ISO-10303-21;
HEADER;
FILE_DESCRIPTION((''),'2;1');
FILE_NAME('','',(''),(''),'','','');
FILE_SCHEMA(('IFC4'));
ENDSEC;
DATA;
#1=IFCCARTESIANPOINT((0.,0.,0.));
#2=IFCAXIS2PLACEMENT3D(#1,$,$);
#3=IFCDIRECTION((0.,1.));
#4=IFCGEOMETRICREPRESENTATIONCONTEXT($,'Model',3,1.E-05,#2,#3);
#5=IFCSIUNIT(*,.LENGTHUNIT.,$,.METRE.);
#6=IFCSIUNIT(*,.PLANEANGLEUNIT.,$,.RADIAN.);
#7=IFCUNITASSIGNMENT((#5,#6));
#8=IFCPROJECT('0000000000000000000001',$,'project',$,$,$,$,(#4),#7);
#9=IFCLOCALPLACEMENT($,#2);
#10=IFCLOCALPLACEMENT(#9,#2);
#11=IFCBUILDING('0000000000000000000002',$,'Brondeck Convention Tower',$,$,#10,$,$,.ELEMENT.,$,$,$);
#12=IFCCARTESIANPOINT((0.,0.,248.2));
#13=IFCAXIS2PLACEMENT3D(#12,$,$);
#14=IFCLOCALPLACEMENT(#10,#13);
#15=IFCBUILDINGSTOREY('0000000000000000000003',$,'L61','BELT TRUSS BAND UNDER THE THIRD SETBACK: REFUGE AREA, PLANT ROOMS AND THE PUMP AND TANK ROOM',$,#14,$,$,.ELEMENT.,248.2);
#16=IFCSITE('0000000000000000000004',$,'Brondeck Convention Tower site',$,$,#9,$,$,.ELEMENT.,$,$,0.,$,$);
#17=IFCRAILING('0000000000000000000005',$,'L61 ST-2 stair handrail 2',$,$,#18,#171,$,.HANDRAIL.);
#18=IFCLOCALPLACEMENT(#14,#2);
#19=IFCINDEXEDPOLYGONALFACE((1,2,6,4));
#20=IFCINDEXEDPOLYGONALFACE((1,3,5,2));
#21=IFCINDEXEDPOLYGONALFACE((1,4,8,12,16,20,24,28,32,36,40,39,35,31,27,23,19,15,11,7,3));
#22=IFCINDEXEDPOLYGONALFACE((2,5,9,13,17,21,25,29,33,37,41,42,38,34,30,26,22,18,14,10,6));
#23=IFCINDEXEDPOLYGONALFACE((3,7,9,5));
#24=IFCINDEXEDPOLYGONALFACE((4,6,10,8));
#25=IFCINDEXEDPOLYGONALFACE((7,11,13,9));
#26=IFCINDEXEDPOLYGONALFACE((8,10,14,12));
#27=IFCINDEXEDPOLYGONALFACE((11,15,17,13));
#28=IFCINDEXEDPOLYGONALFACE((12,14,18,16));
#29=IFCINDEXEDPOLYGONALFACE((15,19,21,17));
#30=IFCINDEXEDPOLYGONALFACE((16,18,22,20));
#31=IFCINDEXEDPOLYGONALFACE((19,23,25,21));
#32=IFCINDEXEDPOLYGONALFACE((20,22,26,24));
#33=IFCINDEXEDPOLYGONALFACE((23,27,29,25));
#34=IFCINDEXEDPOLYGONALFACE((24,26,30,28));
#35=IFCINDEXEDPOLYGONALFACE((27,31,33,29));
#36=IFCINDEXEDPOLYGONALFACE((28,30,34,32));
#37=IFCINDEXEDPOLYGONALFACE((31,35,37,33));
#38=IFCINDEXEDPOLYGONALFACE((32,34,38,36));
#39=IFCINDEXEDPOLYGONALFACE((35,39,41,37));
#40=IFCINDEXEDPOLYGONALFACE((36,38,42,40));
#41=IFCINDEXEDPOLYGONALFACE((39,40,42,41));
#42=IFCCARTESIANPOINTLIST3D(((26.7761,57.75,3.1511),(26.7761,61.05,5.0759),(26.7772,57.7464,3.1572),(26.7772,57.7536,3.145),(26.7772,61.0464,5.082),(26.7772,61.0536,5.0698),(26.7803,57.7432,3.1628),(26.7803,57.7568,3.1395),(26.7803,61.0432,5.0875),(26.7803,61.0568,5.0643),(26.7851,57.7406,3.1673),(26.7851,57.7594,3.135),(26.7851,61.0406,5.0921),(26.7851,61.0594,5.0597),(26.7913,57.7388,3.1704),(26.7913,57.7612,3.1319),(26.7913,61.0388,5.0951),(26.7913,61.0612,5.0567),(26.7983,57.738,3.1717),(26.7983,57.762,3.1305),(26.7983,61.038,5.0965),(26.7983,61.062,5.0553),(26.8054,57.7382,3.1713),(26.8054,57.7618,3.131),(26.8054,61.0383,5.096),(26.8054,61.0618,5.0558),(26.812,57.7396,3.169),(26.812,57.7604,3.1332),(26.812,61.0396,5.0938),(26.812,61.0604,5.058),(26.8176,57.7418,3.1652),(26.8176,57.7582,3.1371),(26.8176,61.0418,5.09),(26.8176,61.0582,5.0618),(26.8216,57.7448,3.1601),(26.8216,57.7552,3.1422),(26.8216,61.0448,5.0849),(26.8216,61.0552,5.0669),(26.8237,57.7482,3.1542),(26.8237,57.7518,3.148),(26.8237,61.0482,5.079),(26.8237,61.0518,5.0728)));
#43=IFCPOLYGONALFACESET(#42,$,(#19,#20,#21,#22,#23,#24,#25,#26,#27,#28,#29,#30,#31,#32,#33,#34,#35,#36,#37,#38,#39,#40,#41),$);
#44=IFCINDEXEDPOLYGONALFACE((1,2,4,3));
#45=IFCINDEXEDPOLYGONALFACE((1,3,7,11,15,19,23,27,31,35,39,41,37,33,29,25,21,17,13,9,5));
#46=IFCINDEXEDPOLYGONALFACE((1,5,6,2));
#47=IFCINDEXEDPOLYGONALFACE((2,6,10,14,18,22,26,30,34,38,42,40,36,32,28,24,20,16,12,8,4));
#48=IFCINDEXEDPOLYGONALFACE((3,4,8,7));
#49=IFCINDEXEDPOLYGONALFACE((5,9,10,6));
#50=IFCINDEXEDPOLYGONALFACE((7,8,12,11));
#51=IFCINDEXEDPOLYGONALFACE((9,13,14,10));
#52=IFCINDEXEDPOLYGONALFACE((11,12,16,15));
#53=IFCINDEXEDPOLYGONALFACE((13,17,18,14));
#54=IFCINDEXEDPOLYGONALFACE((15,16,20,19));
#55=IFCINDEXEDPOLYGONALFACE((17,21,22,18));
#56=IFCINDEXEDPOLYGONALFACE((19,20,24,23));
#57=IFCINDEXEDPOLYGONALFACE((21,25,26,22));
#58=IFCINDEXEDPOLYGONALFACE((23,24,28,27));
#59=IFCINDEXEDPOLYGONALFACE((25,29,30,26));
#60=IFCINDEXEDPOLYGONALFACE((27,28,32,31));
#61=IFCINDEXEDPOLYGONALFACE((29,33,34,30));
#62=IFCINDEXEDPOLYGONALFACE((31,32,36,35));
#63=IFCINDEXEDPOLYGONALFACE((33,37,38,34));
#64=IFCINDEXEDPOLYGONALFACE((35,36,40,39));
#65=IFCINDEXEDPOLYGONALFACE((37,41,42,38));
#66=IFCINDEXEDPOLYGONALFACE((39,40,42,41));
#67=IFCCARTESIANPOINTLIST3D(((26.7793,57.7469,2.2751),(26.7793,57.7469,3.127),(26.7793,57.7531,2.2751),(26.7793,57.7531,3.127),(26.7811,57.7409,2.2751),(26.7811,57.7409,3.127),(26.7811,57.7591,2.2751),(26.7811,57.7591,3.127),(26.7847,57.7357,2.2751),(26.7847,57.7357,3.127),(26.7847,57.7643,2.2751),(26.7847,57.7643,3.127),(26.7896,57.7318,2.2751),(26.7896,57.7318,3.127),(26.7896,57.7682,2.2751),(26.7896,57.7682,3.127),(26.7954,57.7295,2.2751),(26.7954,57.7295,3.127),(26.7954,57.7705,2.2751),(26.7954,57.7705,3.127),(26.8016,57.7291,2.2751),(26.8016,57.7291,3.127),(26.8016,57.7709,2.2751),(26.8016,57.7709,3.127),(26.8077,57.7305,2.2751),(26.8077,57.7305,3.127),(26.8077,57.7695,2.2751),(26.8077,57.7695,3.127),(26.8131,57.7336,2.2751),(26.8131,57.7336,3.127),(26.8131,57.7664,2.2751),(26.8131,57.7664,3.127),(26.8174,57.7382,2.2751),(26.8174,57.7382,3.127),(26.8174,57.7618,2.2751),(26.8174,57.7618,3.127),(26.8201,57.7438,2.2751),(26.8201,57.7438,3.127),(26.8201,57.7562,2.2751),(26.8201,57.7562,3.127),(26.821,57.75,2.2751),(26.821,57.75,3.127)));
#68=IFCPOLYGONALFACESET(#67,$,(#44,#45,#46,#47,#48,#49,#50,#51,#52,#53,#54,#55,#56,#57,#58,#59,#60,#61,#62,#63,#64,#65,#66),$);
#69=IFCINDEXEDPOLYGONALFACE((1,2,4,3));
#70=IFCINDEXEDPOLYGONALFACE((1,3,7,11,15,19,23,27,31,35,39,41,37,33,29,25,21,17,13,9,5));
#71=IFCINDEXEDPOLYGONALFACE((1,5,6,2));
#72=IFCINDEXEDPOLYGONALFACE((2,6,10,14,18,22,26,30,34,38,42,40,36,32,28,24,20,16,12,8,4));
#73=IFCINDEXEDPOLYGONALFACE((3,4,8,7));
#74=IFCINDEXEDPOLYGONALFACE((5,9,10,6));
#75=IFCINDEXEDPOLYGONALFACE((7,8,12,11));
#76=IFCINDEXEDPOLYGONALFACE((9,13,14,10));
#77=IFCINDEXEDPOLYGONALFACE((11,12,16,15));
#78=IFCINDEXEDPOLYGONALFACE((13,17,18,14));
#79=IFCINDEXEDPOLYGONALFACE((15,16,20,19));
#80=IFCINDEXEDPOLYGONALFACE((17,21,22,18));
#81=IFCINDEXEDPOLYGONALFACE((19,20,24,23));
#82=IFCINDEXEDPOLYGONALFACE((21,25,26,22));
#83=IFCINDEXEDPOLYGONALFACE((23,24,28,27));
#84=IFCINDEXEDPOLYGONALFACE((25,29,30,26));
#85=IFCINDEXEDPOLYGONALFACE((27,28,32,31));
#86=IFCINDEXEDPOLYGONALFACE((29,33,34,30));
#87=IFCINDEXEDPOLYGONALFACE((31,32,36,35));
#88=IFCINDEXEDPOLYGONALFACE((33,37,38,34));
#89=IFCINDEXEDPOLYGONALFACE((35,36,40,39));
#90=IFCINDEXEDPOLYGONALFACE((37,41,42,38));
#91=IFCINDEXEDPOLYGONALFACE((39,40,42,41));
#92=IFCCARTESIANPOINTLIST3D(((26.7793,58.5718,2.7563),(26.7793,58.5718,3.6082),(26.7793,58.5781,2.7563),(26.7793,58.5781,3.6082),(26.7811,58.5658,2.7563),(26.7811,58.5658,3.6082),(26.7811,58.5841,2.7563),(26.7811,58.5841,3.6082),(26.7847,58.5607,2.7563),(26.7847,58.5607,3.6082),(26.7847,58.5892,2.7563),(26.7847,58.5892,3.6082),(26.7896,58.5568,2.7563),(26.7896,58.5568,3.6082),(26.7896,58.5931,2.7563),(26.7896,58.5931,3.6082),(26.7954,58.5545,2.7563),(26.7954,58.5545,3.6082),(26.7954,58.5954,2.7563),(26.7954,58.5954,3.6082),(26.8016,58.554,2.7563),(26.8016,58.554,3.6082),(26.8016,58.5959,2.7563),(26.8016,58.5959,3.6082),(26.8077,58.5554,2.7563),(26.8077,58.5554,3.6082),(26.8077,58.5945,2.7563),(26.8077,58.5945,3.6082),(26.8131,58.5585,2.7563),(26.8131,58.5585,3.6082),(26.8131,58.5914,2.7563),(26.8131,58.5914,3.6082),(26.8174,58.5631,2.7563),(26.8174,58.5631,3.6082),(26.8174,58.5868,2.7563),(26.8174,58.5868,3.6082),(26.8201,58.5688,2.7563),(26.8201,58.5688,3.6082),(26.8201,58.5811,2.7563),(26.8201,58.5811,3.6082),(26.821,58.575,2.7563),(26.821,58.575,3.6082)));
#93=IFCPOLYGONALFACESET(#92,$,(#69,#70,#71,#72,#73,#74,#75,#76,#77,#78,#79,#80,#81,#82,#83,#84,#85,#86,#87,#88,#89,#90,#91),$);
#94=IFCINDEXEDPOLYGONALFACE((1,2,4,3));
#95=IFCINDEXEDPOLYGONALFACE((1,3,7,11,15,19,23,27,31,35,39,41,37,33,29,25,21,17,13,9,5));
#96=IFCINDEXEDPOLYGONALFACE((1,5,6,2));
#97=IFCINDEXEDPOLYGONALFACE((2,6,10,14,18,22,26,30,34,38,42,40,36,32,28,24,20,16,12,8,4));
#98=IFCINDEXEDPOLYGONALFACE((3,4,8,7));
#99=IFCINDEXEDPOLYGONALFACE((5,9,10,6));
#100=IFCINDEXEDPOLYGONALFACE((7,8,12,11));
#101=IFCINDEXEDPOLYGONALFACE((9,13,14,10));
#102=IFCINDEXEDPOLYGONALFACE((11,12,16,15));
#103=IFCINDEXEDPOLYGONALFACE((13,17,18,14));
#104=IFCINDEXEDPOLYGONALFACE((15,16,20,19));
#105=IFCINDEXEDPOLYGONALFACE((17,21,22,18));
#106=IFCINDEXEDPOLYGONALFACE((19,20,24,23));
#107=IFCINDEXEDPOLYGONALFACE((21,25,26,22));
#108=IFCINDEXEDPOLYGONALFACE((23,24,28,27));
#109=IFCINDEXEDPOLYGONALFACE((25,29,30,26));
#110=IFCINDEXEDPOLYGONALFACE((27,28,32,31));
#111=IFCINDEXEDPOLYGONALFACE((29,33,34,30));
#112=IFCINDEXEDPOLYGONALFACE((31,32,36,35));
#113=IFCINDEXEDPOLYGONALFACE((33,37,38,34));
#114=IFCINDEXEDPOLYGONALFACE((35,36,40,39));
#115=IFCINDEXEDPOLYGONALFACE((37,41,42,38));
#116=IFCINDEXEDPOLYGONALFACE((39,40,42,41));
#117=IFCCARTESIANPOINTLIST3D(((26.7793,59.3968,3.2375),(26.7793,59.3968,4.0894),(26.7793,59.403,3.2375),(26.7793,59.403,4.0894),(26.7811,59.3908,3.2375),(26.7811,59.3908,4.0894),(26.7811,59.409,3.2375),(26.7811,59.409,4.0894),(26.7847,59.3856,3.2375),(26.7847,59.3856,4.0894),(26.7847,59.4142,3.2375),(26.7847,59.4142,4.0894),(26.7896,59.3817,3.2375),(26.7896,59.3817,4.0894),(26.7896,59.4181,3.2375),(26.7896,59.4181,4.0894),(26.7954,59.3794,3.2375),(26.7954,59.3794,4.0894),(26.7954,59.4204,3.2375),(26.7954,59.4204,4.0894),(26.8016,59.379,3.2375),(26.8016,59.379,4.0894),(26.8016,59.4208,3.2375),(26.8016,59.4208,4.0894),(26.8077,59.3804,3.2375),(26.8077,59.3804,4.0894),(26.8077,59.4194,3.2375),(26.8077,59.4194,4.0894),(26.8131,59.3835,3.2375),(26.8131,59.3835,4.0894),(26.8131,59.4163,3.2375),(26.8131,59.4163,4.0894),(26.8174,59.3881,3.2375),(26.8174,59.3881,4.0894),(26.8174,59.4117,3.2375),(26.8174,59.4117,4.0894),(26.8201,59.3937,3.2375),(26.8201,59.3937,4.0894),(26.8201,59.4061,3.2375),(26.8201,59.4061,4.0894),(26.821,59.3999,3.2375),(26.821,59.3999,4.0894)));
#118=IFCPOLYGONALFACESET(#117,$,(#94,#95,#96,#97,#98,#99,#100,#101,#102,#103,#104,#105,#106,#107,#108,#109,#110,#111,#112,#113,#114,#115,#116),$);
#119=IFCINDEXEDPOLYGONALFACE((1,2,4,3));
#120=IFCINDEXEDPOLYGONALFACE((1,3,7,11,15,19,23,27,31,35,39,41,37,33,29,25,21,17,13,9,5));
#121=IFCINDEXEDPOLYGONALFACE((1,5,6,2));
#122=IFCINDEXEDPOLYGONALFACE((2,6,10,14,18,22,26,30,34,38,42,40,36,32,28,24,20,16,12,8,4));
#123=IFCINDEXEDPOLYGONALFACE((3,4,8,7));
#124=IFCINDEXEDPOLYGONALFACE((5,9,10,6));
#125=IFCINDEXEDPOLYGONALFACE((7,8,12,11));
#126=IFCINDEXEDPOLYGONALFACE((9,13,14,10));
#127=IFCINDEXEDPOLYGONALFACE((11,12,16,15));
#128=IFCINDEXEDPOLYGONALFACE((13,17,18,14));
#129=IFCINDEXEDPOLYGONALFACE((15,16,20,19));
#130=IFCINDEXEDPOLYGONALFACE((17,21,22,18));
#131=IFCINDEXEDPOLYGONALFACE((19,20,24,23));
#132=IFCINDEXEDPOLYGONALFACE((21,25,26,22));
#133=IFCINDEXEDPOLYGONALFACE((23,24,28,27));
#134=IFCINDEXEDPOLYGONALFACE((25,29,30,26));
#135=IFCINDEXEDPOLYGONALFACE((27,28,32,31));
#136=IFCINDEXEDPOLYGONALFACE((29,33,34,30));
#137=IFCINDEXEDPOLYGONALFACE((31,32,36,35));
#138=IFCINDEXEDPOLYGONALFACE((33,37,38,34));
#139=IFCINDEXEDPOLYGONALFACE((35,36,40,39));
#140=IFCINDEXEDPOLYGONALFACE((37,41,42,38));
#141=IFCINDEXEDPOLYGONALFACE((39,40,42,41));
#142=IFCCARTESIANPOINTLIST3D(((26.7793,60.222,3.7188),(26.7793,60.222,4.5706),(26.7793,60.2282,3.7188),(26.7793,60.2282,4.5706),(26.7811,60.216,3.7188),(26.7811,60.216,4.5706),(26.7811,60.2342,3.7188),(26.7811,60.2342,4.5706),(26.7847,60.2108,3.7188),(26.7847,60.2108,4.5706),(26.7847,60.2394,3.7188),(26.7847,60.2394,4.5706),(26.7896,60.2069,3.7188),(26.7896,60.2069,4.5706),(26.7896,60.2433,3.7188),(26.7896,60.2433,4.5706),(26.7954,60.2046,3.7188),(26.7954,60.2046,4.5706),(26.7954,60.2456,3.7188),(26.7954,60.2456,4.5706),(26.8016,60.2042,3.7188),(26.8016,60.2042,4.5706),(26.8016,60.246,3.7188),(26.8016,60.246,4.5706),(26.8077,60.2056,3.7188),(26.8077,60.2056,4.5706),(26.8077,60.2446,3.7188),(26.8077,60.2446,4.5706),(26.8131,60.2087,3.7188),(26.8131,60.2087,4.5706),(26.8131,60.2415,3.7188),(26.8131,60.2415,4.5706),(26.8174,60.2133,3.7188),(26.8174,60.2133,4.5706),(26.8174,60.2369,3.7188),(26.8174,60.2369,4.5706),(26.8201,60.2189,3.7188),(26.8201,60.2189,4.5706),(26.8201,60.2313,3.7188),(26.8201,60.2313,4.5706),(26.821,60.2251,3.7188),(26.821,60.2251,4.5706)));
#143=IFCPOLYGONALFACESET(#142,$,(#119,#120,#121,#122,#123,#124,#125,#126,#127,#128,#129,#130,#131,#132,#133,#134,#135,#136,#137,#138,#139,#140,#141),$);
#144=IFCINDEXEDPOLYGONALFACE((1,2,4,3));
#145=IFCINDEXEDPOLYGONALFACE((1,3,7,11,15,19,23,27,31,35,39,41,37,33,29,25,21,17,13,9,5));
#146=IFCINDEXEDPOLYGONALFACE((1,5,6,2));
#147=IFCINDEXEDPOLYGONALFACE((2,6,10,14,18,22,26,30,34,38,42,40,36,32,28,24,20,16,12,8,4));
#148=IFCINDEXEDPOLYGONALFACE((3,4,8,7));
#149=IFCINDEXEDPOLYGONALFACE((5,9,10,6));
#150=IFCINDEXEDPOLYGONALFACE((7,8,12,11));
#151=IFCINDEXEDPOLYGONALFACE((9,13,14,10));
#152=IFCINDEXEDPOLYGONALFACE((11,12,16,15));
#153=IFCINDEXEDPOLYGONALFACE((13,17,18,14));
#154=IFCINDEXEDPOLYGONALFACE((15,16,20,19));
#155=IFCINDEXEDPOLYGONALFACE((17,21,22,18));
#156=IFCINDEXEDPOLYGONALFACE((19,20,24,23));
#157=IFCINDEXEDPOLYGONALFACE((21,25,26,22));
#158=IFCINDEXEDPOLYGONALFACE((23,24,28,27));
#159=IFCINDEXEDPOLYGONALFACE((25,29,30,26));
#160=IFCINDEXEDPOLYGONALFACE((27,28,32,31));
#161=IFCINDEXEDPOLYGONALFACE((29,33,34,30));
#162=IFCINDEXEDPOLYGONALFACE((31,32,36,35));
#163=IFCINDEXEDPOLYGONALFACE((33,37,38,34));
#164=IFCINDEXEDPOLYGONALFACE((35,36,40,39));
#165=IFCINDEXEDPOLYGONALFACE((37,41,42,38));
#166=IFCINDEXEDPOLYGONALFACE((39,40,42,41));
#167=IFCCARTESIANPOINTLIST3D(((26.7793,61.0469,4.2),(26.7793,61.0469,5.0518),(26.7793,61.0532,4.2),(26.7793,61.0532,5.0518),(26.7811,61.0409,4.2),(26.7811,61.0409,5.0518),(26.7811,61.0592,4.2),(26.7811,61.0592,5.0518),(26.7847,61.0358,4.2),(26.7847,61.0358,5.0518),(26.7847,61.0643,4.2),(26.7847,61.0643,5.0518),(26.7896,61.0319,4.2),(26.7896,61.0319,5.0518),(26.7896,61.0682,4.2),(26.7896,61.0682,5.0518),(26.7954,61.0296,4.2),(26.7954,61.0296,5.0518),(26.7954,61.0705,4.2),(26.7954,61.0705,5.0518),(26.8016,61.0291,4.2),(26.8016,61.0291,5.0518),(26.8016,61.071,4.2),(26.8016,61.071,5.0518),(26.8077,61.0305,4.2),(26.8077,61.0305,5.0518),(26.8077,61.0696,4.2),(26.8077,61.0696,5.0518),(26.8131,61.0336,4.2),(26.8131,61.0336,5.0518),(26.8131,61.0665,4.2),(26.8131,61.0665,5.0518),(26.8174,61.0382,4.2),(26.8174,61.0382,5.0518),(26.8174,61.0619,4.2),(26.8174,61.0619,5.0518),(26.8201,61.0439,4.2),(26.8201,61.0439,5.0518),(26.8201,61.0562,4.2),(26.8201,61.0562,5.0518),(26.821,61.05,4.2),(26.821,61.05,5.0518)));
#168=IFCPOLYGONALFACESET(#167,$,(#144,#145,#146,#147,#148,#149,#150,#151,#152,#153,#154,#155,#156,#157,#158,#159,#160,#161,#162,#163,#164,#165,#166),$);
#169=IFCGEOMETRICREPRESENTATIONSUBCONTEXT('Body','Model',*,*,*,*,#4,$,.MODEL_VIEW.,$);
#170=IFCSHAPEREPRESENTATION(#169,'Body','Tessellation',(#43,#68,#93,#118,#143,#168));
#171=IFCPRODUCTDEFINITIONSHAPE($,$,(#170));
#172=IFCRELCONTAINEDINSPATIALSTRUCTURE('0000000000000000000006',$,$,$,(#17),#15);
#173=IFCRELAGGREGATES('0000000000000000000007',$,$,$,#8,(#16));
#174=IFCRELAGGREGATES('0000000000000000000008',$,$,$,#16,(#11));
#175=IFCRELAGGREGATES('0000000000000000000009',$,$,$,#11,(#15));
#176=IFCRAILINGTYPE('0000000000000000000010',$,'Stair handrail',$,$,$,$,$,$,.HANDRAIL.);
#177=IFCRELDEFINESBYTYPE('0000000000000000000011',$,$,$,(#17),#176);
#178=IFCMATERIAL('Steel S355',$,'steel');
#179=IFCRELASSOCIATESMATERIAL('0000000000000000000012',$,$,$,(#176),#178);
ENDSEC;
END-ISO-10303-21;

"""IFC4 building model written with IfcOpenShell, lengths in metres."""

from ifc_helpers import new_model, si_unit, direction, frame, origin, origin_2d, place, context, subcontext, project, spatial, circle, extrude, material, type_object, element, save


model = new_model("IFC4")

# Units and contexts
model_context = context("Model", 3, precision=1e-05, world=origin(), true_north=direction((0.0, 1.0)))
body_context = subcontext(model_context, "Body", "Model", "MODEL_VIEW")
ifc_project = project(units=[si_unit("LENGTHUNIT", "METRE"), si_unit("PLANEANGLEUNIT", "RADIAN")], contexts=[model_context])

# Site, building, storey
site_placement = place(None, origin())
site = spatial("IfcSite", under=ifc_project, at=site_placement, Name="Brondeck Convention Tower site", CompositionType="ELEMENT", RefElevation=0.0)
building_placement = place(site_placement, origin())
building = spatial("IfcBuilding", under=site, at=building_placement, Name="Brondeck Convention Tower", CompositionType="ELEMENT")
storey_placement = place(building_placement, frame((0.0, 0.0, 248.2)))
storey = spatial("IfcBuildingStorey", under=building, at=storey_placement, Name="L61", Description="BELT TRUSS BAND UNDER THE THIRD SETBACK: REFUGE AREA, PLANT ROOMS AND THE PUMP AND TANK ROOM", CompositionType="ELEMENT", Elevation=248.2)

# Railing
ifc_material_1 = material(Name="Steel S355", Category="steel")
railing_type_1 = type_object("IfcRailingType", Name="Stair handrail", PredefinedType="HANDRAIL", material=ifc_material_1)
railing_1_placement = place(storey_placement, frame((26.8, 57.75, 2.2751)))
element("IfcRailing", 1, at=railing_1_placement, inside=storey, type_object=railing_type_1, Name="L61 ST-2 stair handrail 2", PredefinedType="HANDRAIL", context=body_context, shape_type="SweptSolid", body=[
    extrude(circle(Radius=0.0239, at=origin_2d()), frame((0.0, 0.0, 0.876), z_axis=(0.0, 0.863804, 0.503827), x_axis=(-1.0, 0.0, 0.0)), (0.0, 0.0, 1.0), 3.8203),
    extrude(circle(Radius=0.021, at=origin_2d()), origin(), (0.0, 0.0, 1.0), 0.8518),
    extrude(circle(Radius=0.021, at=origin_2d()), frame((0.0, 0.825, 0.4812)), (0.0, 0.0, 1.0), 0.8518),
    extrude(circle(Radius=0.021, at=origin_2d()), frame((0.0, 1.6499, 0.9624)), (0.0, 0.0, 1.0), 0.8518),
    extrude(circle(Radius=0.021, at=origin_2d()), frame((0.0, 2.4751, 1.4436)), (0.0, 0.0, 1.0), 0.8518),
    extrude(circle(Radius=0.021, at=origin_2d()), frame((0.0, 3.3, 1.9248)), (0.0, 0.0, 1.0), 0.8518),
])

save(model, "model.ifc")
